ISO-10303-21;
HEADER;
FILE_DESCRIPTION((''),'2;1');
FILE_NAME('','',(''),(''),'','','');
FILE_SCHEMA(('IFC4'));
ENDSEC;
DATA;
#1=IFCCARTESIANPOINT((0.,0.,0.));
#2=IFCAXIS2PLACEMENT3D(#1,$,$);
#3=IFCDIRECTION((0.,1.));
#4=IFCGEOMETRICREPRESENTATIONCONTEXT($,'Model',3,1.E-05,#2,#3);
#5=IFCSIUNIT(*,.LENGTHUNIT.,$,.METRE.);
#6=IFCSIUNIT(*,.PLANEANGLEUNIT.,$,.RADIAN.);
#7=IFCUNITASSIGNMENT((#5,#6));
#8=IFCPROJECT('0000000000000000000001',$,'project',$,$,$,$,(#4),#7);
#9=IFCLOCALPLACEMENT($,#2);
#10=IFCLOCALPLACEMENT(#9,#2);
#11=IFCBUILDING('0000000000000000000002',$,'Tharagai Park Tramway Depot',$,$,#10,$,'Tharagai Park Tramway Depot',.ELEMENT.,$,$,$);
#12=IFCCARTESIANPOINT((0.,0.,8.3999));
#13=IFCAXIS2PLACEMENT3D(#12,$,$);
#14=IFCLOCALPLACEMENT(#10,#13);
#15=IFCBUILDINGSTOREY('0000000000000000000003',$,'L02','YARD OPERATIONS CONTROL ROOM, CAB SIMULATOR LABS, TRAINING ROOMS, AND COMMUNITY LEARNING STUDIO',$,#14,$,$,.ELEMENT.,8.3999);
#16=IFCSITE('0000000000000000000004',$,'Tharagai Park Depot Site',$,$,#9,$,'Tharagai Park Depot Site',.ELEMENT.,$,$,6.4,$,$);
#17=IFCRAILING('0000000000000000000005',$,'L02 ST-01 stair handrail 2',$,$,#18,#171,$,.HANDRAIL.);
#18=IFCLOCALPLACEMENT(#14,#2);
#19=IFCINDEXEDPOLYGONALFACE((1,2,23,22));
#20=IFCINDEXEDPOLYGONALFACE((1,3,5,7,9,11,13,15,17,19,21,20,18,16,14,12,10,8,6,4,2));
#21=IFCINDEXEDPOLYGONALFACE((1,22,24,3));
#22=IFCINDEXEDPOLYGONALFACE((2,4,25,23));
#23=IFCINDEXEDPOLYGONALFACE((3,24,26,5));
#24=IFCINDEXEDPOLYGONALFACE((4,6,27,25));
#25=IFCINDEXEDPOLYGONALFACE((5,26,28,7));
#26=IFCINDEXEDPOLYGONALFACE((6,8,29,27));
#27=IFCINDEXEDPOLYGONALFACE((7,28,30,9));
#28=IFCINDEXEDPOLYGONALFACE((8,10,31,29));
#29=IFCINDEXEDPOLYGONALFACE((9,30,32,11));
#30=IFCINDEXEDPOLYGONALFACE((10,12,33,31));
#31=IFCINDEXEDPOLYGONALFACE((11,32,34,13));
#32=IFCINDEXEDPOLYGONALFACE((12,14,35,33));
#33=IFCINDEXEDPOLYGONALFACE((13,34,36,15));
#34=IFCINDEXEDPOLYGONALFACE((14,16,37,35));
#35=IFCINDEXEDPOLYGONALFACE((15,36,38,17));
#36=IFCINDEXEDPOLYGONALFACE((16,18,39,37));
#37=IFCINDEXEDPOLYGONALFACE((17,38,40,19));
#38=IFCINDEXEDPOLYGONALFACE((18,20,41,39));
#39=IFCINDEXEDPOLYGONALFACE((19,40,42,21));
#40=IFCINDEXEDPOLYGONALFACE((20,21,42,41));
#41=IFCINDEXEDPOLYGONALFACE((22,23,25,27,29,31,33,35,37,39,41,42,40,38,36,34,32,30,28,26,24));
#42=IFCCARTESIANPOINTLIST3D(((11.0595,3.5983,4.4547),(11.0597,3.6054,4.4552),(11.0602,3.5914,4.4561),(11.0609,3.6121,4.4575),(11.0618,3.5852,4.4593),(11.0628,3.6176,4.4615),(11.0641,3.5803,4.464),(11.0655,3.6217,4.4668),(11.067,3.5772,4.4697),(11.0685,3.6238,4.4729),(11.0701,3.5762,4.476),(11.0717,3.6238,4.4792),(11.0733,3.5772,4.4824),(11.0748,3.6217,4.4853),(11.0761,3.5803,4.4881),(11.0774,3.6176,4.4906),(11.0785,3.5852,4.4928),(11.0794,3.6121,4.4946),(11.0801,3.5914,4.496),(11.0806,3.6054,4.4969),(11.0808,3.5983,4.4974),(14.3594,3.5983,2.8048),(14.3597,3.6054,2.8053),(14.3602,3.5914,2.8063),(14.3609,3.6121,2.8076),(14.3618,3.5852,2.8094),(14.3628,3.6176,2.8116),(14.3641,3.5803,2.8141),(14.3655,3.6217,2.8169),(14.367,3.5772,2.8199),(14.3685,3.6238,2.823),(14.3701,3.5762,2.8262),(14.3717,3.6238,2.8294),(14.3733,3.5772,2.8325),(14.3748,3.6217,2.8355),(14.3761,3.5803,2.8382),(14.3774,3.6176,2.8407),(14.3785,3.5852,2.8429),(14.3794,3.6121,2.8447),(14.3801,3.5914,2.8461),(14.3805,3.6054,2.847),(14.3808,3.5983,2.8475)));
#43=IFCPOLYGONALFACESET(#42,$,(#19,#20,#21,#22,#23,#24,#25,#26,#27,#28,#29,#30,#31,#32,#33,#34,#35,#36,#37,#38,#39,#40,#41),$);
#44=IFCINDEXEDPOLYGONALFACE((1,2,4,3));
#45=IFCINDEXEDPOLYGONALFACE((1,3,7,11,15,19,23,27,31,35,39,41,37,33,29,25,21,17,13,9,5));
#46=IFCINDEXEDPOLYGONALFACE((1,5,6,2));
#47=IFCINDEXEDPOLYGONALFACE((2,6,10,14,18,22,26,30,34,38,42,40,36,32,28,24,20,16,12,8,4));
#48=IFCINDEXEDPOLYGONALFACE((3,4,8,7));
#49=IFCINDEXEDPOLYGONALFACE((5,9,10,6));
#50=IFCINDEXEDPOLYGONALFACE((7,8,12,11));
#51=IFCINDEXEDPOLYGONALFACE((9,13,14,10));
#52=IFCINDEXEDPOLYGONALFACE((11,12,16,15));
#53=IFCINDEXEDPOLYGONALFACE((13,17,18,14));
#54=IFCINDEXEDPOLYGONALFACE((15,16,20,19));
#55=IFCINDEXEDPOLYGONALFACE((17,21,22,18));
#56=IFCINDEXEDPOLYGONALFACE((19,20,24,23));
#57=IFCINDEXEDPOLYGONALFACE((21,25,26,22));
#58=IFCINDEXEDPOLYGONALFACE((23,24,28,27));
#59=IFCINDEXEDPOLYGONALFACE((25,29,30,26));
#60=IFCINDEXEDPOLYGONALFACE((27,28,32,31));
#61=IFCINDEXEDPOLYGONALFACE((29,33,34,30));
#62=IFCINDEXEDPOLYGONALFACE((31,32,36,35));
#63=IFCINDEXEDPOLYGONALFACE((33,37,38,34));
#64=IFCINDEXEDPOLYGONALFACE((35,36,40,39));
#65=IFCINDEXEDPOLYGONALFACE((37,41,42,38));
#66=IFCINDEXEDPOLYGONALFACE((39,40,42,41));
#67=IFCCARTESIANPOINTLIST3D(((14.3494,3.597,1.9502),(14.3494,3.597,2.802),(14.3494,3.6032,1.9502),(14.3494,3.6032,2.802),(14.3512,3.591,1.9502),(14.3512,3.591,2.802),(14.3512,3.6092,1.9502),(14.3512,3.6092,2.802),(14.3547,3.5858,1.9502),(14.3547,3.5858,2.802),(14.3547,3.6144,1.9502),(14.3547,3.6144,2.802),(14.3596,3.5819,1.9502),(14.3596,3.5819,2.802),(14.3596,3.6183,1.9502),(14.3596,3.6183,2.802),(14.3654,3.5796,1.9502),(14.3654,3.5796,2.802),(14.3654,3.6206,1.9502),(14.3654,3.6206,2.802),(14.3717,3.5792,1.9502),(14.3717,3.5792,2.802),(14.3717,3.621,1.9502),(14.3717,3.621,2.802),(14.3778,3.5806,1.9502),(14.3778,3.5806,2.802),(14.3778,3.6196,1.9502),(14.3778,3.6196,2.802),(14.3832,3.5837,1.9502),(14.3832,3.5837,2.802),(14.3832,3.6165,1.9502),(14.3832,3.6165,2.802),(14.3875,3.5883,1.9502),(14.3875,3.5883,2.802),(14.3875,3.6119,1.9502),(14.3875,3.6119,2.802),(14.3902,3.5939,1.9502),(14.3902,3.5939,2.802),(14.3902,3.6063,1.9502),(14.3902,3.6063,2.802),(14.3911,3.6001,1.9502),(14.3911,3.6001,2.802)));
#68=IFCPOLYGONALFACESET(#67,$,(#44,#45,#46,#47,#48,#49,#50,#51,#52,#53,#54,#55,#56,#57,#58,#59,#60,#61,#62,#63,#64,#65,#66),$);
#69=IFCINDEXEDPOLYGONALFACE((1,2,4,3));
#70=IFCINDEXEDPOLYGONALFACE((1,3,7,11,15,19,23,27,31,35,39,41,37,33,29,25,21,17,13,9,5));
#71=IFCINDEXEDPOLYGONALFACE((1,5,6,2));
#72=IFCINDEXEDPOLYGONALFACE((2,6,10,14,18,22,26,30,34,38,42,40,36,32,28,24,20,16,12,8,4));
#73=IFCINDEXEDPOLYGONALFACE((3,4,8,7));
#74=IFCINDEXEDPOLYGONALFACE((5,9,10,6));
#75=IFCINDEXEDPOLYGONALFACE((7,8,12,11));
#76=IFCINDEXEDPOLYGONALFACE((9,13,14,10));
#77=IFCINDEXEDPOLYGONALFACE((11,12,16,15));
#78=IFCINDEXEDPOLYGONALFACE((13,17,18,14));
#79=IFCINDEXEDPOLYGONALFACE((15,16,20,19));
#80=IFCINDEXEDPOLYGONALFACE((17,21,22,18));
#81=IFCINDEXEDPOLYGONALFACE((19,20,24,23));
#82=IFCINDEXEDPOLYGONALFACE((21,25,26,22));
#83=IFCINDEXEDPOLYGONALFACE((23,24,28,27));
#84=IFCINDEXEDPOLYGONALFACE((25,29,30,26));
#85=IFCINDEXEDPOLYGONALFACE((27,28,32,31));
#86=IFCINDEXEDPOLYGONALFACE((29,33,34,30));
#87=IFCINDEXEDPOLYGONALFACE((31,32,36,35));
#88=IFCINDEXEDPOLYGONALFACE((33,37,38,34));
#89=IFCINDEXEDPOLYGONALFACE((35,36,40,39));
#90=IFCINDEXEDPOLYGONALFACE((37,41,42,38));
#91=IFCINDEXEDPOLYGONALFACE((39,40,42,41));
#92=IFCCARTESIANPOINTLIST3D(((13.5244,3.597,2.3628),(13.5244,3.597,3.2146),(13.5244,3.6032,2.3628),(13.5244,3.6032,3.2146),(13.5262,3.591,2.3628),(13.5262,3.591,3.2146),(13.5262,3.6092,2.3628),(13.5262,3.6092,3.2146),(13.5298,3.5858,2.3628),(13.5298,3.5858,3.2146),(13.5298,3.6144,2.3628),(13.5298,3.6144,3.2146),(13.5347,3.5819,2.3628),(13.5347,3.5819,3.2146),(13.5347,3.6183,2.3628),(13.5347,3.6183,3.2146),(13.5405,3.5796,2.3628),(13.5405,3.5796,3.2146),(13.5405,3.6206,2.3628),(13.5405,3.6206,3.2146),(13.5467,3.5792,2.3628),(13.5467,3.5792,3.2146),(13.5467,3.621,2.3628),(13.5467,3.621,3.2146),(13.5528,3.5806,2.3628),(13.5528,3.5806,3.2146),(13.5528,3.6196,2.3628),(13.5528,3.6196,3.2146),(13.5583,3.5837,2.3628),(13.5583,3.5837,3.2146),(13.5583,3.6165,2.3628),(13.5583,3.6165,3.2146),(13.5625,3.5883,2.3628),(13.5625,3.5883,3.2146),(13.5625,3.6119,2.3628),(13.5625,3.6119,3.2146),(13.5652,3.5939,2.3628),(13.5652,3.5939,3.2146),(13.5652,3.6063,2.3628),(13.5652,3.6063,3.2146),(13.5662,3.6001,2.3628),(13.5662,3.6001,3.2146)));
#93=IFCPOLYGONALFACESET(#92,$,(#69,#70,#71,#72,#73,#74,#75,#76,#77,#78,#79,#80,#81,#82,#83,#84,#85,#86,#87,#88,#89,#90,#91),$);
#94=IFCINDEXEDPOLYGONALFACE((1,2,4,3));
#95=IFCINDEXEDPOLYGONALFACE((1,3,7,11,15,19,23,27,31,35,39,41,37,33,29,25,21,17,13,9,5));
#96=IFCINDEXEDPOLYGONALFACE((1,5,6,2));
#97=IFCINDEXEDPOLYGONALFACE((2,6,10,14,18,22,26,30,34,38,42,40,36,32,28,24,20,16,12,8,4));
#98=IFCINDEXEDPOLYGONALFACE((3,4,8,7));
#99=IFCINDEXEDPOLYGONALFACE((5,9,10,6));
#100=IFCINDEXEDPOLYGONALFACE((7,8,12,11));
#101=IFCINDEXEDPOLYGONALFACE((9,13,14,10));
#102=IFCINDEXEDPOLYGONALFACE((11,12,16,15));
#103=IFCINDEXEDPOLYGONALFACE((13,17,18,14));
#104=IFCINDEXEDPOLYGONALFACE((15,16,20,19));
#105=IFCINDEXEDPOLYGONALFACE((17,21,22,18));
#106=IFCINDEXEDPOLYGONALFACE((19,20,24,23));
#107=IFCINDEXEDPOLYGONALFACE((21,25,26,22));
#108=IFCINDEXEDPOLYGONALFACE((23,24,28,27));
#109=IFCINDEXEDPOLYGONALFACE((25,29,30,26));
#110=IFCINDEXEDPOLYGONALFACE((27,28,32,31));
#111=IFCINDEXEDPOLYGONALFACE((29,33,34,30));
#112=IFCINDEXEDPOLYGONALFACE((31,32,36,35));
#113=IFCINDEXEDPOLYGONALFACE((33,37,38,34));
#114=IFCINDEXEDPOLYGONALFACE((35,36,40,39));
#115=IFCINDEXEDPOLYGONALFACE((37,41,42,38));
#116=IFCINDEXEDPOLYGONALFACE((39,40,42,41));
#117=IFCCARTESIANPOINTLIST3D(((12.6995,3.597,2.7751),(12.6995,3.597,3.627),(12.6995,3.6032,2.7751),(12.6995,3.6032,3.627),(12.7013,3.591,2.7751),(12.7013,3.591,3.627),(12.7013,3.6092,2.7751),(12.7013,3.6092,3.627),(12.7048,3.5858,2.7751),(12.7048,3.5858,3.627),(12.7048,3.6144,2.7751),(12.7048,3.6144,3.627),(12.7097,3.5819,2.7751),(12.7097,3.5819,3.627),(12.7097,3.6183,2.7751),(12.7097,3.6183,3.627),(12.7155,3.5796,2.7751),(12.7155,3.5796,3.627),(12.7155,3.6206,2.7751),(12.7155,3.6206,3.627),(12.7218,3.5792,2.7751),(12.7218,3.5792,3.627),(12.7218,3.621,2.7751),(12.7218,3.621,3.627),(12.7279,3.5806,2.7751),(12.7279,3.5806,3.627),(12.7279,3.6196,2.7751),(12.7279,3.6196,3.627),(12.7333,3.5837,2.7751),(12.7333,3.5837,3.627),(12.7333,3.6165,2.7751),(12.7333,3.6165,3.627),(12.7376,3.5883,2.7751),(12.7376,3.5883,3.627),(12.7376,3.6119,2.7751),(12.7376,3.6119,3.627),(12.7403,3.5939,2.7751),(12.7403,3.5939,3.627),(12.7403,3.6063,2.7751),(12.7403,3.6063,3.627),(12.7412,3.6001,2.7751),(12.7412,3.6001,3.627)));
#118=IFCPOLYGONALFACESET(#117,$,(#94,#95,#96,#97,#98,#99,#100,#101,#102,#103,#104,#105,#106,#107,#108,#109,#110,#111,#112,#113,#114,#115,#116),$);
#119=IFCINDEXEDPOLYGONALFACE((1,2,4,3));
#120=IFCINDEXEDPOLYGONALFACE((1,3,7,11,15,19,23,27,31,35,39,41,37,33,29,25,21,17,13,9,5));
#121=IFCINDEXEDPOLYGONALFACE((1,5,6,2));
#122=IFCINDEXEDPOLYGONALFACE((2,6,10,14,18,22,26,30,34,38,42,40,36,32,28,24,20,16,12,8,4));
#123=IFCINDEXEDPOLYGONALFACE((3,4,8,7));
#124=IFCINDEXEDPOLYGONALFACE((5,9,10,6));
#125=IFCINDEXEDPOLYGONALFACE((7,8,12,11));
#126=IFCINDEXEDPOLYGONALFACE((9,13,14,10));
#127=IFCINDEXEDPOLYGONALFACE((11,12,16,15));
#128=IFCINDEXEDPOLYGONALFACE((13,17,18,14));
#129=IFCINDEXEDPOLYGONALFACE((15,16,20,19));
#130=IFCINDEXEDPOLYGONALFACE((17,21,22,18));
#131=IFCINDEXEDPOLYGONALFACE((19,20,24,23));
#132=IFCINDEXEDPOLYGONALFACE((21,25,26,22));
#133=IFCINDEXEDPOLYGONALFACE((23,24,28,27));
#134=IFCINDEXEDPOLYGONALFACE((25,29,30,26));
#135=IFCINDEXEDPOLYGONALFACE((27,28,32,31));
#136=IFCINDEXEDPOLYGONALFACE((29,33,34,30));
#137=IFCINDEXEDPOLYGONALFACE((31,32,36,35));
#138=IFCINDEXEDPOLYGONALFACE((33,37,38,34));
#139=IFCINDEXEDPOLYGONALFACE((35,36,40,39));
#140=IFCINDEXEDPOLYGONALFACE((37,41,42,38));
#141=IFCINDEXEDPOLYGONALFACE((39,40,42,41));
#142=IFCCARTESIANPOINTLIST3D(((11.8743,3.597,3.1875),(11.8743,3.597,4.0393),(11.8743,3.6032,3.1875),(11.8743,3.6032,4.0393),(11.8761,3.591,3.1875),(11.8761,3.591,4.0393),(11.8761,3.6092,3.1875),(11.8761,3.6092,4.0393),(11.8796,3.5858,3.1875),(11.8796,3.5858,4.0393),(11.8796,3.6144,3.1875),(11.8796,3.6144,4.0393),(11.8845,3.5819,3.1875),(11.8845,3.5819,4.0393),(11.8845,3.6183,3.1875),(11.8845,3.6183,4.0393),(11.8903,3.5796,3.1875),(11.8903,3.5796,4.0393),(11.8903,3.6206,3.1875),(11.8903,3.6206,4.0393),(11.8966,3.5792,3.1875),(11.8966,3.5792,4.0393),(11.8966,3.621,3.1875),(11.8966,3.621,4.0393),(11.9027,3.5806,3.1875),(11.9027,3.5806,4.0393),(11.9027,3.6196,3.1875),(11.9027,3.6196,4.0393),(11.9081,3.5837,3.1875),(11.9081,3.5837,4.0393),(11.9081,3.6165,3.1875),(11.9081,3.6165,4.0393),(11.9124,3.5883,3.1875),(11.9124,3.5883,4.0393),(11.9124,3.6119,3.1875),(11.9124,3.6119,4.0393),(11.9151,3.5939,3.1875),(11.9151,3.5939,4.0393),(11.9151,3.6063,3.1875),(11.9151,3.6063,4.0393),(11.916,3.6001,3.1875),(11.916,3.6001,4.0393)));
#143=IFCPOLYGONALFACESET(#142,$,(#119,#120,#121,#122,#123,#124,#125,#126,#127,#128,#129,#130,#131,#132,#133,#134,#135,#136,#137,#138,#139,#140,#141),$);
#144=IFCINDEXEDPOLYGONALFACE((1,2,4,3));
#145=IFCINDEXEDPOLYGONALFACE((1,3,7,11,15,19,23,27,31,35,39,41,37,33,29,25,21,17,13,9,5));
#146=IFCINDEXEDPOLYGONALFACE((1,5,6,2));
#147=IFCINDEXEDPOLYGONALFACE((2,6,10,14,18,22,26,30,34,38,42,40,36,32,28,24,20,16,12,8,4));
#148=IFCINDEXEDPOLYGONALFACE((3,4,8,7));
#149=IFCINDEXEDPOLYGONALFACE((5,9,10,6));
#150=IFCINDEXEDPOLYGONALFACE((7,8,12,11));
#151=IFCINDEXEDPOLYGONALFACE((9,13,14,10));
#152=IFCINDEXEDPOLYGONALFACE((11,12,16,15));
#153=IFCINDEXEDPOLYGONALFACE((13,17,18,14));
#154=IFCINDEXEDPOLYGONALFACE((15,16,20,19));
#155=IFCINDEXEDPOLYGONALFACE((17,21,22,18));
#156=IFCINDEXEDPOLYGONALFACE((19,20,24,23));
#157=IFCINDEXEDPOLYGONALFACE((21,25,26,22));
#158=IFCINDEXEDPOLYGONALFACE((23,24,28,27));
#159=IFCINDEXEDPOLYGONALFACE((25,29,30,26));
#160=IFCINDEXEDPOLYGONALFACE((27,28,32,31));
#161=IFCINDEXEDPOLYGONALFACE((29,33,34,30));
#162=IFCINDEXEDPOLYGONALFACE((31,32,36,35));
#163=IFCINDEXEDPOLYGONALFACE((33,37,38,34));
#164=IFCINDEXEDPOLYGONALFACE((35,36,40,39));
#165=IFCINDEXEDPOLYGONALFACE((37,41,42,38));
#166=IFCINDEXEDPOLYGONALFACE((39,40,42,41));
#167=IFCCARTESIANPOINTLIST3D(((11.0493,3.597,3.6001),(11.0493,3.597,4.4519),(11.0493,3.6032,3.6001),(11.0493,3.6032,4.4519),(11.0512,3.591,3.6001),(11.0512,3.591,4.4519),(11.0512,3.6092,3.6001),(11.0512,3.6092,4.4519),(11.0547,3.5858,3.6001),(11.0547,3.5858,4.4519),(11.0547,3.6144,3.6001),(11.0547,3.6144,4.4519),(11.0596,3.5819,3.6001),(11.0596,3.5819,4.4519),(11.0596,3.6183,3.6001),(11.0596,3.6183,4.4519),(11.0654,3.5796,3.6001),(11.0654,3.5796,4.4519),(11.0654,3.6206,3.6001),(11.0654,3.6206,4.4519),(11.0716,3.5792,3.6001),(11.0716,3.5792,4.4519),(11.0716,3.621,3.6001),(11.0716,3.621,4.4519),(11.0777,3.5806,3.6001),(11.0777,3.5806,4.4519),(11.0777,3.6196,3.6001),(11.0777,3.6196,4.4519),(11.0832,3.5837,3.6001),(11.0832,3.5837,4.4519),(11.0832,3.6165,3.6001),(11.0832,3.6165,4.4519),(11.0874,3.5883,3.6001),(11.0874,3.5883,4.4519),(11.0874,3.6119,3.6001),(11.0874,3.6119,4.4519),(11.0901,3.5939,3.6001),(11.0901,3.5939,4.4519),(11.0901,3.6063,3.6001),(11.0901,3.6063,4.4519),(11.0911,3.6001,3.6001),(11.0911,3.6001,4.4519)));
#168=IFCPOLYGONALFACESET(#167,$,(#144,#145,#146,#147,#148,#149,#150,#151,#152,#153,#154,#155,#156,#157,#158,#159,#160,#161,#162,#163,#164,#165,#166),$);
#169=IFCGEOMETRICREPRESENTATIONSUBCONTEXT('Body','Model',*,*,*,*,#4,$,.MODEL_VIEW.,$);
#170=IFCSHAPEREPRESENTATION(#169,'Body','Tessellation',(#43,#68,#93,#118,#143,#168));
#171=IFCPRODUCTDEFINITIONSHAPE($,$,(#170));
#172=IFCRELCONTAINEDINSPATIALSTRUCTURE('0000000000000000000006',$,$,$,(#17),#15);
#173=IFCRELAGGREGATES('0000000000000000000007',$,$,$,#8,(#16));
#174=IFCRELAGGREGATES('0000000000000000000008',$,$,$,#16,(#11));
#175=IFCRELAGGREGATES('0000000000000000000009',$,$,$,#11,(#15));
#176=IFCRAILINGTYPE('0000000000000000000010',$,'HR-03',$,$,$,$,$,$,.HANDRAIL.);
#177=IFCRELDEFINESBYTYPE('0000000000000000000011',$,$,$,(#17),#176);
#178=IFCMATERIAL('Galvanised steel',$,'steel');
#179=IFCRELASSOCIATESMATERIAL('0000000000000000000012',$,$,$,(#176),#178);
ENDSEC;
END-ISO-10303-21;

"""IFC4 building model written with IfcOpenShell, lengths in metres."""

from ifc_helpers import new_model, si_unit, direction, frame, origin, origin_2d, place, context, subcontext, project, spatial, circle, extrude, material, type_object, element, save


model = new_model("IFC4")

# Units and contexts
model_context = context("Model", 3, precision=1e-05, world=origin(), true_north=direction((0.0, 1.0)))
body_context = subcontext(model_context, "Body", "Model", "MODEL_VIEW")
ifc_project = project(units=[si_unit("LENGTHUNIT", "METRE"), si_unit("PLANEANGLEUNIT", "RADIAN")], contexts=[model_context])

# Site, building, storey
site_placement = place(None, origin())
site = spatial("IfcSite", under=ifc_project, at=site_placement, Name="Tharagai Park Depot Site", LongName="Tharagai Park Depot Site", CompositionType="ELEMENT", RefElevation=6.4)
building_placement = place(site_placement, origin())
building = spatial("IfcBuilding", under=site, at=building_placement, Name="Tharagai Park Tramway Depot", LongName="Tharagai Park Tramway Depot", CompositionType="ELEMENT")
storey_placement = place(building_placement, frame((0.0, 0.0, 8.3999)))
storey = spatial("IfcBuildingStorey", under=building, at=storey_placement, Name="L02", Description="YARD OPERATIONS CONTROL ROOM, CAB SIMULATOR LABS, TRAINING ROOMS, AND COMMUNITY LEARNING STUDIO", CompositionType="ELEMENT", Elevation=8.3999)

# Shared definitions
ifc_material_1 = material(Name="Galvanised steel", Category="steel")

# Railing
railing_type_1 = type_object("IfcRailingType", Name="HR-03", PredefinedType="HANDRAIL", material=ifc_material_1)
railing_1_placement = place(storey_placement, frame((14.3701, 3.6001, 1.9502)))
element("IfcRailing", 1, at=railing_1_placement, inside=storey, type_object=railing_type_1, Name="L02 ST-01 stair handrail 2", PredefinedType="HANDRAIL", context=body_context, shape_type="SweptSolid", body=[
    extrude(circle(Radius=0.0239, at=origin_2d()), frame((0.0, 0.0, 0.876), z_axis=(-0.89444, 0.0, 0.447187), x_axis=(0.0, -1.0, 0.0)), (0.0, 0.0, 1.0), 3.6895),
    extrude(circle(Radius=0.021, at=origin_2d()), origin(), (0.0, 0.0, 1.0), 0.8518),
    extrude(circle(Radius=0.021, at=origin_2d()), frame((-0.825, 0.0, 0.4126)), (0.0, 0.0, 1.0), 0.8518),
    extrude(circle(Radius=0.021, at=origin_2d()), frame((-1.6499, 0.0, 0.825)), (0.0, 0.0, 1.0), 0.8518),
    extrude(circle(Radius=0.021, at=origin_2d()), frame((-2.4751, 0.0, 1.2373)), (0.0, 0.0, 1.0), 0.8518),
    extrude(circle(Radius=0.021, at=origin_2d()), frame((-3.3, 0.0, 1.6499)), (0.0, 0.0, 1.0), 0.8518),
])

save(model, "model.ifc")
